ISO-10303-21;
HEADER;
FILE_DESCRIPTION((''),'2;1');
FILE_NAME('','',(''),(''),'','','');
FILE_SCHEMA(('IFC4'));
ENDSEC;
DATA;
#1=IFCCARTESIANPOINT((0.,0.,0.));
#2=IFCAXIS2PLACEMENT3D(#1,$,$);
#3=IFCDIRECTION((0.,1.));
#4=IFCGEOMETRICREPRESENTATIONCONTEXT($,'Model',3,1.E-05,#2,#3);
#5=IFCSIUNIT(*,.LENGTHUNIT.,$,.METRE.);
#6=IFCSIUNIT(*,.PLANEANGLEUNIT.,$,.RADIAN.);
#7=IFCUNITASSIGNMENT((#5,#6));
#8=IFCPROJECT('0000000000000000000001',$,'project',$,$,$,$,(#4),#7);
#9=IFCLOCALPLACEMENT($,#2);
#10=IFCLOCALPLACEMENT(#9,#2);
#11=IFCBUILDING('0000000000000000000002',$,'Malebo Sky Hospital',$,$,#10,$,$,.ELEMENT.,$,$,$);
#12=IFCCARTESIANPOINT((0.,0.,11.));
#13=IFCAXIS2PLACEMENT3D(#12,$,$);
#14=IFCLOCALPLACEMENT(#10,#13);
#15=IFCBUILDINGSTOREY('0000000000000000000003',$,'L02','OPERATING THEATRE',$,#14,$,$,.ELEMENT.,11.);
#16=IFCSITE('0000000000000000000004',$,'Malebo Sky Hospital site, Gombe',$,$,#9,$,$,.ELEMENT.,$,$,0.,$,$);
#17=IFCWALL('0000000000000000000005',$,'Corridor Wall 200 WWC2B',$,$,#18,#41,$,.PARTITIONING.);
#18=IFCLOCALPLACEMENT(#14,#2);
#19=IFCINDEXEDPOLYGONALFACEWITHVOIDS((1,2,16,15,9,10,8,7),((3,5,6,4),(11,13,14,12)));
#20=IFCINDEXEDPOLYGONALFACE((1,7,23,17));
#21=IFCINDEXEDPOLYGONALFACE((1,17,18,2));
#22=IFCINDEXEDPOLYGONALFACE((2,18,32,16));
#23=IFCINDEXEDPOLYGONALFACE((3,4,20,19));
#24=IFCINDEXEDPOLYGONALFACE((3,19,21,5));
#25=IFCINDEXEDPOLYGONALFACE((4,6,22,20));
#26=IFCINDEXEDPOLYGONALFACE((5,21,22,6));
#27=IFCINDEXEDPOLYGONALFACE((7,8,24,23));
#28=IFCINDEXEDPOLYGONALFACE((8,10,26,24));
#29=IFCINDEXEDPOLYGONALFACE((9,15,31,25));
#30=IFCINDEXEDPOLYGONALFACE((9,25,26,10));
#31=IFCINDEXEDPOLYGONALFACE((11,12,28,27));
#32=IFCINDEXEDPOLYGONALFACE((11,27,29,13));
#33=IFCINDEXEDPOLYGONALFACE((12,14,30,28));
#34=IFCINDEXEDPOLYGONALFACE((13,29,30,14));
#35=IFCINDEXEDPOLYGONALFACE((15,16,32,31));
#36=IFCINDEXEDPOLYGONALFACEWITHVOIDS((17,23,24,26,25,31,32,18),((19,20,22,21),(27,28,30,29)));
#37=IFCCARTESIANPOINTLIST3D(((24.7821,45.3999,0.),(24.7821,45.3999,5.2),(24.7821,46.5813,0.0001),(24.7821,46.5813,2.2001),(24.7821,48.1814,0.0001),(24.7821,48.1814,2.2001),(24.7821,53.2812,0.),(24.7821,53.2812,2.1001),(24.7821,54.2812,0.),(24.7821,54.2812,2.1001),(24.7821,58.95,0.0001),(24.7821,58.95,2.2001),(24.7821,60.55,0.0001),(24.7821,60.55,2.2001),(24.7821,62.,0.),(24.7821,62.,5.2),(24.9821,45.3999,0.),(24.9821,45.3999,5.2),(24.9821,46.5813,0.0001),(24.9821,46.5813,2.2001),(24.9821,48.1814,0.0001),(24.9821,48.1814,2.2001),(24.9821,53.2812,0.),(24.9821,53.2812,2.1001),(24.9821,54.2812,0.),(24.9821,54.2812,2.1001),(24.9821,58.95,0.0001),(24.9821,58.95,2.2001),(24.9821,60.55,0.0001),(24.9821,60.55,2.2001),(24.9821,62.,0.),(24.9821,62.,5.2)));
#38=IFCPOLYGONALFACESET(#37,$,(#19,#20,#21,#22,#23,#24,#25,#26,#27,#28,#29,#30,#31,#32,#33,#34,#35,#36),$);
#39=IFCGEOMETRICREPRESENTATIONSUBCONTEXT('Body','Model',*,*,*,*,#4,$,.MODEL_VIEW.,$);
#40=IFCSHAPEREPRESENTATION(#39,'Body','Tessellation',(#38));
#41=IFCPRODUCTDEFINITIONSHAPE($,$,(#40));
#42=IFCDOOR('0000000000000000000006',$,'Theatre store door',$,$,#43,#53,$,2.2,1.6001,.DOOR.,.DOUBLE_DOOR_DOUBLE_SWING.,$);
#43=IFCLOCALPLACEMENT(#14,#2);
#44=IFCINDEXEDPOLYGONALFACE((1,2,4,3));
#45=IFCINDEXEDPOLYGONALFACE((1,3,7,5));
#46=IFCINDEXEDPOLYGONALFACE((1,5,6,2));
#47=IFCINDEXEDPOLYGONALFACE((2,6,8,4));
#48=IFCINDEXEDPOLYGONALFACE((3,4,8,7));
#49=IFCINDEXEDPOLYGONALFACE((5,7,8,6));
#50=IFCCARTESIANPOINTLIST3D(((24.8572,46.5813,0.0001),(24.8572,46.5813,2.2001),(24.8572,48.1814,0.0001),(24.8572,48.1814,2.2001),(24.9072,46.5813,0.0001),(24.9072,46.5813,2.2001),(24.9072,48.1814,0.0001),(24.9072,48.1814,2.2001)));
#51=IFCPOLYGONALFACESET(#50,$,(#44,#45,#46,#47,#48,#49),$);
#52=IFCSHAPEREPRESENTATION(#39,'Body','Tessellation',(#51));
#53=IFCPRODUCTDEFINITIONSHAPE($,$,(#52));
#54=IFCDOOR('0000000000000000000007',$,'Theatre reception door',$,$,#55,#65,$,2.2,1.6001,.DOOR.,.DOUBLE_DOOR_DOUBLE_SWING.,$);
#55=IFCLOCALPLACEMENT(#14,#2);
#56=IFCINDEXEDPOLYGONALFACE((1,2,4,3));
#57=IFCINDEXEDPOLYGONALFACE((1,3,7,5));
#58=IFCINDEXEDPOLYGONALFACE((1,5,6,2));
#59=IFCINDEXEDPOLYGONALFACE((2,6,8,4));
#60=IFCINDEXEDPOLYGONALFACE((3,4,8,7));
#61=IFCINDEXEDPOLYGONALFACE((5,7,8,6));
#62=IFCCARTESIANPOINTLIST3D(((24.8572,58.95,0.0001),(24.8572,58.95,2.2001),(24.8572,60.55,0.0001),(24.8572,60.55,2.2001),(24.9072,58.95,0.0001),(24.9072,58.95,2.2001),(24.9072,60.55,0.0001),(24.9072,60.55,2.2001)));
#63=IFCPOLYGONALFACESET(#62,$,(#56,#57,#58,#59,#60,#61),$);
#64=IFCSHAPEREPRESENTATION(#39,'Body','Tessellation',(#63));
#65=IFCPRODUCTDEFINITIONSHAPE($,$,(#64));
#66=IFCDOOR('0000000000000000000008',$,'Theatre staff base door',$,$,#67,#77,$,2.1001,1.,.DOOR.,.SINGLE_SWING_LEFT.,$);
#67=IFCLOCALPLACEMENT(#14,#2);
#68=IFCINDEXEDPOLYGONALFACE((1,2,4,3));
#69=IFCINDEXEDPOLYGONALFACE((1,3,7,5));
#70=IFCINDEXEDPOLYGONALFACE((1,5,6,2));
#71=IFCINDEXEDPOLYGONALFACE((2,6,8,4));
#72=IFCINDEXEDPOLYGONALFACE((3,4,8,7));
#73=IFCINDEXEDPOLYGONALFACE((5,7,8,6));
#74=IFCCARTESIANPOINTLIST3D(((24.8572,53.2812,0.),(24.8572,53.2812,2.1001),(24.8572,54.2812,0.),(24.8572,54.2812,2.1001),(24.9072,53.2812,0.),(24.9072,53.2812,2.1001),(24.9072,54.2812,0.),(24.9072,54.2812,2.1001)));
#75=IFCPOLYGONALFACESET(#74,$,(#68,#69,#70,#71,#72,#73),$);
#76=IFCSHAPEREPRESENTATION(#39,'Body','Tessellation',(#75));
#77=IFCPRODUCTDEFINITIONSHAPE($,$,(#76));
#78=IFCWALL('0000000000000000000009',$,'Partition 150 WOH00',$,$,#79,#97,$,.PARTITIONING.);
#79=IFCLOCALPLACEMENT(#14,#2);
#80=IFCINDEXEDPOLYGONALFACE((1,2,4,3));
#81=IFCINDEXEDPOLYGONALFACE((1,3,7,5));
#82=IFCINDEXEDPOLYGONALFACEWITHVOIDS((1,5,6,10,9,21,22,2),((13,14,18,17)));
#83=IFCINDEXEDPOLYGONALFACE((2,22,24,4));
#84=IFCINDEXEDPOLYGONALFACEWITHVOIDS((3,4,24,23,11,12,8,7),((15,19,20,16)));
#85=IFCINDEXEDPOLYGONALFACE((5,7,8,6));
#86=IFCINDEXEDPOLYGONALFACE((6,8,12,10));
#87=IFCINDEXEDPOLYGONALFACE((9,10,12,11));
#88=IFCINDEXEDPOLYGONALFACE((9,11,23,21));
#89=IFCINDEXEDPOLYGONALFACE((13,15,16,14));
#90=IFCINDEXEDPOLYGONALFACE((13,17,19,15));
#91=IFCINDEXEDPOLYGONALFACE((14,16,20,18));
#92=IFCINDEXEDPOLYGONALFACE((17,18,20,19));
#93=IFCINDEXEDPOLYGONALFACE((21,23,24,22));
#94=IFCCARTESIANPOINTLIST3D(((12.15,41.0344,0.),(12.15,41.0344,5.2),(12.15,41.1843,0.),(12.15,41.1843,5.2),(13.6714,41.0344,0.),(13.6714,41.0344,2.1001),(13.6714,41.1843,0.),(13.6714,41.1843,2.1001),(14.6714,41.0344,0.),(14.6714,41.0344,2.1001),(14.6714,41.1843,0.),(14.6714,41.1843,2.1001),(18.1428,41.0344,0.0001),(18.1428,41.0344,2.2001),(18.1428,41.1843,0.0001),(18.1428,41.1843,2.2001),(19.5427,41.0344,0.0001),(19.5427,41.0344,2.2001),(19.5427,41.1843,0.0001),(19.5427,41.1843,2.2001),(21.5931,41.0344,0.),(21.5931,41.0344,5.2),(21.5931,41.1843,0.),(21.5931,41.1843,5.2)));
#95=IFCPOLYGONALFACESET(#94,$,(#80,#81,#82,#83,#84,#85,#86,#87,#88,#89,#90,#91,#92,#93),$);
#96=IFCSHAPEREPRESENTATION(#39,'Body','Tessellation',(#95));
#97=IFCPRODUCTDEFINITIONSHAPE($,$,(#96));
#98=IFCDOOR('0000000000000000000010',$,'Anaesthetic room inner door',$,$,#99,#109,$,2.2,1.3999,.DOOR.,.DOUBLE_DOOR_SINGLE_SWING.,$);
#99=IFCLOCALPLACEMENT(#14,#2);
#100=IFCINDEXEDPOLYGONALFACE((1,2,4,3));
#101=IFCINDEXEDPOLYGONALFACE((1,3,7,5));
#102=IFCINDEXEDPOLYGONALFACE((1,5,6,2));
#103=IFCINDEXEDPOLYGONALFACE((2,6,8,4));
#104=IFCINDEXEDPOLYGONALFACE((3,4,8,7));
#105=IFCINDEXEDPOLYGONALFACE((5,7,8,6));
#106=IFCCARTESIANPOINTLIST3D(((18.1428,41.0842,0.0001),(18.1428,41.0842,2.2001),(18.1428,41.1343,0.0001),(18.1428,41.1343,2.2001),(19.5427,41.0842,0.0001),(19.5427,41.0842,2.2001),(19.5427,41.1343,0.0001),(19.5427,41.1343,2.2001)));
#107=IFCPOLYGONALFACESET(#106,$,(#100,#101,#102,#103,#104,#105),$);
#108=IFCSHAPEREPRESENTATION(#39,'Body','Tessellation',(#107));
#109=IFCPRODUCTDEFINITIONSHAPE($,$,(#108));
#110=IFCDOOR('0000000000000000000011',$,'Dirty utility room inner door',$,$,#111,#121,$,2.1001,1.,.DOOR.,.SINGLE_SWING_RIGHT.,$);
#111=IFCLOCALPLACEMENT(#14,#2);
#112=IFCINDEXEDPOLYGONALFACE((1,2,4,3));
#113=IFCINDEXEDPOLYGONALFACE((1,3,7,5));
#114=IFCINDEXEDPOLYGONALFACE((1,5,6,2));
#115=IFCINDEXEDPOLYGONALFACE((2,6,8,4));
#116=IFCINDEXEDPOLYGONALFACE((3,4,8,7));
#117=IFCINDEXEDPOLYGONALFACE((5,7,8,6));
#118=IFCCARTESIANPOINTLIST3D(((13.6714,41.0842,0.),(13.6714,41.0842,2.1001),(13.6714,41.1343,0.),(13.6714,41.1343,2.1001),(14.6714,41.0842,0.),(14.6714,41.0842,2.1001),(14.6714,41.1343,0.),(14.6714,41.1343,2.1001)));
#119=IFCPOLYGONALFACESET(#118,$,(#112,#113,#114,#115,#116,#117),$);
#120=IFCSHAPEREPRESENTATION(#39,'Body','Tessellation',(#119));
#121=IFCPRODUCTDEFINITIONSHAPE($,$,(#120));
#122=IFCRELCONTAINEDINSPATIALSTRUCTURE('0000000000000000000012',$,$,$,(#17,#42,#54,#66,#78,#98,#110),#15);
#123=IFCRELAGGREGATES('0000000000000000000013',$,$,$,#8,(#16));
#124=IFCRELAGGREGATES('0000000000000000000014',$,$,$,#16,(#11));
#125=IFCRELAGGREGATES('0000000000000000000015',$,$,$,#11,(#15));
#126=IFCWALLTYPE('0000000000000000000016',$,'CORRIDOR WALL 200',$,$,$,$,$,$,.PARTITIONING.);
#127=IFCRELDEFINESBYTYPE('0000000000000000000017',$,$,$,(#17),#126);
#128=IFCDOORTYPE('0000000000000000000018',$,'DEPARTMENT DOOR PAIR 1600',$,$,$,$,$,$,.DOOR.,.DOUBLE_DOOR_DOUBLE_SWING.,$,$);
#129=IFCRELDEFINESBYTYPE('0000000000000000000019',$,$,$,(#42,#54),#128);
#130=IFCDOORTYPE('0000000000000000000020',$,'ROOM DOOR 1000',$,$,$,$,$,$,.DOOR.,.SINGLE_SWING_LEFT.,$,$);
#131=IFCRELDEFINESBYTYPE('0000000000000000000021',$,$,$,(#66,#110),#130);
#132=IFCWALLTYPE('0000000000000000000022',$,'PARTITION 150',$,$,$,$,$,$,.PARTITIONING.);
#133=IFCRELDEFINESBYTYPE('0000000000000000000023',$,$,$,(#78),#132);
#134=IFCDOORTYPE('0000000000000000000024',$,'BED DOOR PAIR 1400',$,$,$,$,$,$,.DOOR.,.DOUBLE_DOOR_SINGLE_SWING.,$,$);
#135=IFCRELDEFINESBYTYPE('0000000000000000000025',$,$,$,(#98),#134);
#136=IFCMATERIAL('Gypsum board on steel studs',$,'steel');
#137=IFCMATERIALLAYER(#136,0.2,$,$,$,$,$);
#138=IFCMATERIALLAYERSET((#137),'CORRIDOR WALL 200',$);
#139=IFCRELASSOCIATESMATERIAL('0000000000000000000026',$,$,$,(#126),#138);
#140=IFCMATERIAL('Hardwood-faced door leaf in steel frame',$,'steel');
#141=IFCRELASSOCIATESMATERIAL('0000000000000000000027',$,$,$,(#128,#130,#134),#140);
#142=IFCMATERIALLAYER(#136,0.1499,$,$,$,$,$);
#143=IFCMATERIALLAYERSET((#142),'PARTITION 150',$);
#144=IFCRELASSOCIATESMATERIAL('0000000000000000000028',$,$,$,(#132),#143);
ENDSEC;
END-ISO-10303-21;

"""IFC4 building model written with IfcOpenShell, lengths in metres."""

from ifc_helpers import new_model, si_unit, direction, frame, frame_2d, origin, place, context, subcontext, project, spatial, rectangle, extrude, material, layer, layer_set, type_object, element, fill, save


model = new_model("IFC4")

# Units and contexts
model_context = context("Model", 3, precision=1e-05, world=origin(), true_north=direction((0.0, 1.0)))
body_context = subcontext(model_context, "Body", "Model", "MODEL_VIEW")
ifc_project = project(units=[si_unit("LENGTHUNIT", "METRE"), si_unit("PLANEANGLEUNIT", "RADIAN")], contexts=[model_context])

# Site, building, storey
site_placement = place(None, origin())
site = spatial("IfcSite", under=ifc_project, at=site_placement, Name="Malebo Sky Hospital site, Gombe", CompositionType="ELEMENT", RefElevation=0.0)
building_placement = place(site_placement, origin())
building = spatial("IfcBuilding", under=site, at=building_placement, Name="Malebo Sky Hospital", CompositionType="ELEMENT")
storey_placement = place(building_placement, frame((0.0, 0.0, 11.0)))
storey = spatial("IfcBuildingStorey", under=building, at=storey_placement, Name="L02", Description="OPERATING THEATRE", CompositionType="ELEMENT", Elevation=11.0)

# Walls, openings, doors
ifc_material_1 = material(Name="Gypsum board on steel studs", Category="steel")
ifc_layer_1 = layer(ifc_material_1, 0.2)
ifc_layer_set_1 = layer_set([ifc_layer_1], Name="CORRIDOR WALL 200")
wall_type_1 = type_object("IfcWallType", Name="CORRIDOR WALL 200", PredefinedType="PARTITIONING", material=ifc_layer_set_1)
wall_1_placement = place(storey_placement, frame((24.8821, 45.3999, 0.0), z_axis=(0.0, 0.0, 1.0), x_axis=(0.0, 1.0, 0.0)))
wall_1 = element("IfcWall", 1, at=wall_1_placement, inside=storey, type_object=wall_type_1, Name="Corridor Wall 200 WWC2B", PredefinedType="PARTITIONING", context=body_context, shape_type="SweptSolid", body=[
    extrude(rectangle(XDim=16.6001, YDim=0.2, at=frame_2d((8.3, 0.0))), origin(), (0.0, 0.0, 1.0), 5.2),
])
opening_1_placement = place(wall_1_placement, frame((1.1814, 0.0, 0.0)))
opening_1 = element("IfcOpeningElement", 2, at=opening_1_placement, cuts=wall_1, PredefinedType="OPENING", context=body_context, shape_type="SweptSolid", body=[
    extrude(rectangle(XDim=1.6001, YDim=2.2, at=frame_2d((0.8, 1.1001))), frame((0.0, 0.1099, 0.0), z_axis=(0.0, -1.0, 0.0), x_axis=(1.0, 0.0, 0.0)), (0.0, 0.0, 1.0), 0.22),
])
opening_2_placement = place(wall_1_placement, frame((7.8813, 0.0, 0.0)))
opening_2 = element("IfcOpeningElement", 3, at=opening_2_placement, cuts=wall_1, PredefinedType="OPENING", context=body_context, shape_type="SweptSolid", body=[
    extrude(rectangle(XDim=1.0, YDim=2.1001, at=frame_2d((0.5, 1.05))), frame((0.0, 0.1099, 0.0), z_axis=(0.0, -1.0, 0.0), x_axis=(1.0, 0.0, 0.0)), (0.0, 0.0, 1.0), 0.22),
])
opening_3_placement = place(wall_1_placement, frame((13.55, 0.0, 0.0)))
opening_3 = element("IfcOpeningElement", 4, at=opening_3_placement, cuts=wall_1, PredefinedType="OPENING", context=body_context, shape_type="SweptSolid", body=[
    extrude(rectangle(XDim=1.6001, YDim=2.2, at=frame_2d((0.8, 1.1001))), frame((0.0, 0.1099, 0.0), z_axis=(0.0, -1.0, 0.0), x_axis=(1.0, 0.0, 0.0)), (0.0, 0.0, 1.0), 0.22),
])
ifc_material_2 = material(Name="Hardwood-faced door leaf in steel frame", Category="steel")
door_type_1 = type_object("IfcDoorType", Name="DEPARTMENT DOOR PAIR 1600", OperationType="DOUBLE_DOOR_DOUBLE_SWING", PredefinedType="DOOR", material=ifc_material_2)
door_1_placement = place(opening_1_placement, origin())
door_1 = element("IfcDoor", 5, at=door_1_placement, inside=storey, type_object=door_type_1, Name="Theatre store door", OperationType="DOUBLE_DOOR_DOUBLE_SWING", OverallHeight=2.2, OverallWidth=1.6001, PredefinedType="DOOR", context=body_context, shape_type="SweptSolid", body=[
    extrude(rectangle(XDim=1.6001, YDim=2.2, at=frame_2d((0.8, 1.1001))), frame((0.0, 0.0249, 0.0), z_axis=(0.0, -1.0, 0.0), x_axis=(1.0, 0.0, 0.0)), (0.0, 0.0, 1.0), 0.05),
])
fill(opening_1, door_1)
door_2_placement = place(opening_3_placement, origin())
door_2 = element("IfcDoor", 6, at=door_2_placement, inside=storey, type_object=door_type_1, Name="Theatre reception door", OperationType="DOUBLE_DOOR_DOUBLE_SWING", OverallHeight=2.2, OverallWidth=1.6001, PredefinedType="DOOR", context=body_context, shape_type="SweptSolid", body=[
    extrude(rectangle(XDim=1.6001, YDim=2.2, at=frame_2d((0.8, 1.1001))), frame((0.0, 0.0249, 0.0), z_axis=(0.0, -1.0, 0.0), x_axis=(1.0, 0.0, 0.0)), (0.0, 0.0, 1.0), 0.05),
])
fill(opening_3, door_2)
door_type_2 = type_object("IfcDoorType", Name="ROOM DOOR 1000", OperationType="SINGLE_SWING_LEFT", PredefinedType="DOOR", material=ifc_material_2)
door_3_placement = place(opening_2_placement, origin())
door_3 = element("IfcDoor", 7, at=door_3_placement, inside=storey, type_object=door_type_2, Name="Theatre staff base door", OperationType="SINGLE_SWING_LEFT", OverallHeight=2.1001, OverallWidth=1.0, PredefinedType="DOOR", context=body_context, shape_type="SweptSolid", body=[
    extrude(rectangle(XDim=1.0, YDim=2.1001, at=frame_2d((0.5, 1.05))), frame((0.0, 0.0249, 0.0), z_axis=(0.0, -1.0, 0.0), x_axis=(1.0, 0.0, 0.0)), (0.0, 0.0, 1.0), 0.05),
])
fill(opening_2, door_3)
ifc_layer_2 = layer(ifc_material_1, 0.1499)
ifc_layer_set_2 = layer_set([ifc_layer_2], Name="PARTITION 150")
wall_type_2 = type_object("IfcWallType", Name="PARTITION 150", PredefinedType="PARTITIONING", material=ifc_layer_set_2)
wall_2_placement = place(storey_placement, frame((12.1499, 41.1094, 0.0), z_axis=(0.0, 0.0, 1.0), x_axis=(1.0, 0.0, 0.0)))
wall_2 = element("IfcWall", 8, at=wall_2_placement, inside=storey, type_object=wall_type_2, Name="Partition 150 WOH00", PredefinedType="PARTITIONING", context=body_context, shape_type="SweptSolid", body=[
    extrude(rectangle(XDim=9.4431, YDim=0.1499, at=frame_2d((4.7217, 0.0))), origin(), (0.0, 0.0, 1.0), 5.2),
])
opening_4_placement = place(wall_2_placement, frame((5.9929, 0.0, 0.0)))
opening_4 = element("IfcOpeningElement", 9, at=opening_4_placement, cuts=wall_2, PredefinedType="OPENING", context=body_context, shape_type="SweptSolid", body=[
    extrude(rectangle(XDim=1.3999, YDim=2.2, at=frame_2d((0.7, 1.1001))), frame((0.0, 0.085, 0.0), z_axis=(0.0, -1.0, 0.0), x_axis=(1.0, 0.0, 0.0)), (0.0, 0.0, 1.0), 0.1699),
])
opening_5_placement = place(wall_2_placement, frame((1.5215, 0.0, 0.0)))
opening_5 = element("IfcOpeningElement", 10, at=opening_5_placement, cuts=wall_2, PredefinedType="OPENING", context=body_context, shape_type="SweptSolid", body=[
    extrude(rectangle(XDim=1.0, YDim=2.1001, at=frame_2d((0.5, 1.05))), frame((0.0, 0.085, 0.0), z_axis=(0.0, -1.0, 0.0), x_axis=(1.0, 0.0, 0.0)), (0.0, 0.0, 1.0), 0.1699),
])
door_type_3 = type_object("IfcDoorType", Name="BED DOOR PAIR 1400", OperationType="DOUBLE_DOOR_SINGLE_SWING", PredefinedType="DOOR", material=ifc_material_2)
door_4_placement = place(opening_4_placement, origin())
door_4 = element("IfcDoor", 11, at=door_4_placement, inside=storey, type_object=door_type_3, Name="Anaesthetic room inner door", OperationType="DOUBLE_DOOR_SINGLE_SWING", OverallHeight=2.2, OverallWidth=1.3999, PredefinedType="DOOR", context=body_context, shape_type="SweptSolid", body=[
    extrude(rectangle(XDim=1.3999, YDim=2.2, at=frame_2d((0.7, 1.1001))), frame((0.0, 0.0249, 0.0), z_axis=(0.0, -1.0, 0.0), x_axis=(1.0, 0.0, 0.0)), (0.0, 0.0, 1.0), 0.05),
])
fill(opening_4, door_4)
door_5_placement = place(opening_5_placement, origin())
door_5 = element("IfcDoor", 12, at=door_5_placement, inside=storey, type_object=door_type_2, Name="Dirty utility room inner door", OperationType="SINGLE_SWING_RIGHT", OverallHeight=2.1001, OverallWidth=1.0, PredefinedType="DOOR", context=body_context, shape_type="SweptSolid", body=[
    extrude(rectangle(XDim=1.0, YDim=2.1001, at=frame_2d((0.5, 1.05))), frame((0.0, 0.0249, 0.0), z_axis=(0.0, -1.0, 0.0), x_axis=(1.0, 0.0, 0.0)), (0.0, 0.0, 1.0), 0.05),
])
fill(opening_5, door_5)

save(model, "model.ifc")
